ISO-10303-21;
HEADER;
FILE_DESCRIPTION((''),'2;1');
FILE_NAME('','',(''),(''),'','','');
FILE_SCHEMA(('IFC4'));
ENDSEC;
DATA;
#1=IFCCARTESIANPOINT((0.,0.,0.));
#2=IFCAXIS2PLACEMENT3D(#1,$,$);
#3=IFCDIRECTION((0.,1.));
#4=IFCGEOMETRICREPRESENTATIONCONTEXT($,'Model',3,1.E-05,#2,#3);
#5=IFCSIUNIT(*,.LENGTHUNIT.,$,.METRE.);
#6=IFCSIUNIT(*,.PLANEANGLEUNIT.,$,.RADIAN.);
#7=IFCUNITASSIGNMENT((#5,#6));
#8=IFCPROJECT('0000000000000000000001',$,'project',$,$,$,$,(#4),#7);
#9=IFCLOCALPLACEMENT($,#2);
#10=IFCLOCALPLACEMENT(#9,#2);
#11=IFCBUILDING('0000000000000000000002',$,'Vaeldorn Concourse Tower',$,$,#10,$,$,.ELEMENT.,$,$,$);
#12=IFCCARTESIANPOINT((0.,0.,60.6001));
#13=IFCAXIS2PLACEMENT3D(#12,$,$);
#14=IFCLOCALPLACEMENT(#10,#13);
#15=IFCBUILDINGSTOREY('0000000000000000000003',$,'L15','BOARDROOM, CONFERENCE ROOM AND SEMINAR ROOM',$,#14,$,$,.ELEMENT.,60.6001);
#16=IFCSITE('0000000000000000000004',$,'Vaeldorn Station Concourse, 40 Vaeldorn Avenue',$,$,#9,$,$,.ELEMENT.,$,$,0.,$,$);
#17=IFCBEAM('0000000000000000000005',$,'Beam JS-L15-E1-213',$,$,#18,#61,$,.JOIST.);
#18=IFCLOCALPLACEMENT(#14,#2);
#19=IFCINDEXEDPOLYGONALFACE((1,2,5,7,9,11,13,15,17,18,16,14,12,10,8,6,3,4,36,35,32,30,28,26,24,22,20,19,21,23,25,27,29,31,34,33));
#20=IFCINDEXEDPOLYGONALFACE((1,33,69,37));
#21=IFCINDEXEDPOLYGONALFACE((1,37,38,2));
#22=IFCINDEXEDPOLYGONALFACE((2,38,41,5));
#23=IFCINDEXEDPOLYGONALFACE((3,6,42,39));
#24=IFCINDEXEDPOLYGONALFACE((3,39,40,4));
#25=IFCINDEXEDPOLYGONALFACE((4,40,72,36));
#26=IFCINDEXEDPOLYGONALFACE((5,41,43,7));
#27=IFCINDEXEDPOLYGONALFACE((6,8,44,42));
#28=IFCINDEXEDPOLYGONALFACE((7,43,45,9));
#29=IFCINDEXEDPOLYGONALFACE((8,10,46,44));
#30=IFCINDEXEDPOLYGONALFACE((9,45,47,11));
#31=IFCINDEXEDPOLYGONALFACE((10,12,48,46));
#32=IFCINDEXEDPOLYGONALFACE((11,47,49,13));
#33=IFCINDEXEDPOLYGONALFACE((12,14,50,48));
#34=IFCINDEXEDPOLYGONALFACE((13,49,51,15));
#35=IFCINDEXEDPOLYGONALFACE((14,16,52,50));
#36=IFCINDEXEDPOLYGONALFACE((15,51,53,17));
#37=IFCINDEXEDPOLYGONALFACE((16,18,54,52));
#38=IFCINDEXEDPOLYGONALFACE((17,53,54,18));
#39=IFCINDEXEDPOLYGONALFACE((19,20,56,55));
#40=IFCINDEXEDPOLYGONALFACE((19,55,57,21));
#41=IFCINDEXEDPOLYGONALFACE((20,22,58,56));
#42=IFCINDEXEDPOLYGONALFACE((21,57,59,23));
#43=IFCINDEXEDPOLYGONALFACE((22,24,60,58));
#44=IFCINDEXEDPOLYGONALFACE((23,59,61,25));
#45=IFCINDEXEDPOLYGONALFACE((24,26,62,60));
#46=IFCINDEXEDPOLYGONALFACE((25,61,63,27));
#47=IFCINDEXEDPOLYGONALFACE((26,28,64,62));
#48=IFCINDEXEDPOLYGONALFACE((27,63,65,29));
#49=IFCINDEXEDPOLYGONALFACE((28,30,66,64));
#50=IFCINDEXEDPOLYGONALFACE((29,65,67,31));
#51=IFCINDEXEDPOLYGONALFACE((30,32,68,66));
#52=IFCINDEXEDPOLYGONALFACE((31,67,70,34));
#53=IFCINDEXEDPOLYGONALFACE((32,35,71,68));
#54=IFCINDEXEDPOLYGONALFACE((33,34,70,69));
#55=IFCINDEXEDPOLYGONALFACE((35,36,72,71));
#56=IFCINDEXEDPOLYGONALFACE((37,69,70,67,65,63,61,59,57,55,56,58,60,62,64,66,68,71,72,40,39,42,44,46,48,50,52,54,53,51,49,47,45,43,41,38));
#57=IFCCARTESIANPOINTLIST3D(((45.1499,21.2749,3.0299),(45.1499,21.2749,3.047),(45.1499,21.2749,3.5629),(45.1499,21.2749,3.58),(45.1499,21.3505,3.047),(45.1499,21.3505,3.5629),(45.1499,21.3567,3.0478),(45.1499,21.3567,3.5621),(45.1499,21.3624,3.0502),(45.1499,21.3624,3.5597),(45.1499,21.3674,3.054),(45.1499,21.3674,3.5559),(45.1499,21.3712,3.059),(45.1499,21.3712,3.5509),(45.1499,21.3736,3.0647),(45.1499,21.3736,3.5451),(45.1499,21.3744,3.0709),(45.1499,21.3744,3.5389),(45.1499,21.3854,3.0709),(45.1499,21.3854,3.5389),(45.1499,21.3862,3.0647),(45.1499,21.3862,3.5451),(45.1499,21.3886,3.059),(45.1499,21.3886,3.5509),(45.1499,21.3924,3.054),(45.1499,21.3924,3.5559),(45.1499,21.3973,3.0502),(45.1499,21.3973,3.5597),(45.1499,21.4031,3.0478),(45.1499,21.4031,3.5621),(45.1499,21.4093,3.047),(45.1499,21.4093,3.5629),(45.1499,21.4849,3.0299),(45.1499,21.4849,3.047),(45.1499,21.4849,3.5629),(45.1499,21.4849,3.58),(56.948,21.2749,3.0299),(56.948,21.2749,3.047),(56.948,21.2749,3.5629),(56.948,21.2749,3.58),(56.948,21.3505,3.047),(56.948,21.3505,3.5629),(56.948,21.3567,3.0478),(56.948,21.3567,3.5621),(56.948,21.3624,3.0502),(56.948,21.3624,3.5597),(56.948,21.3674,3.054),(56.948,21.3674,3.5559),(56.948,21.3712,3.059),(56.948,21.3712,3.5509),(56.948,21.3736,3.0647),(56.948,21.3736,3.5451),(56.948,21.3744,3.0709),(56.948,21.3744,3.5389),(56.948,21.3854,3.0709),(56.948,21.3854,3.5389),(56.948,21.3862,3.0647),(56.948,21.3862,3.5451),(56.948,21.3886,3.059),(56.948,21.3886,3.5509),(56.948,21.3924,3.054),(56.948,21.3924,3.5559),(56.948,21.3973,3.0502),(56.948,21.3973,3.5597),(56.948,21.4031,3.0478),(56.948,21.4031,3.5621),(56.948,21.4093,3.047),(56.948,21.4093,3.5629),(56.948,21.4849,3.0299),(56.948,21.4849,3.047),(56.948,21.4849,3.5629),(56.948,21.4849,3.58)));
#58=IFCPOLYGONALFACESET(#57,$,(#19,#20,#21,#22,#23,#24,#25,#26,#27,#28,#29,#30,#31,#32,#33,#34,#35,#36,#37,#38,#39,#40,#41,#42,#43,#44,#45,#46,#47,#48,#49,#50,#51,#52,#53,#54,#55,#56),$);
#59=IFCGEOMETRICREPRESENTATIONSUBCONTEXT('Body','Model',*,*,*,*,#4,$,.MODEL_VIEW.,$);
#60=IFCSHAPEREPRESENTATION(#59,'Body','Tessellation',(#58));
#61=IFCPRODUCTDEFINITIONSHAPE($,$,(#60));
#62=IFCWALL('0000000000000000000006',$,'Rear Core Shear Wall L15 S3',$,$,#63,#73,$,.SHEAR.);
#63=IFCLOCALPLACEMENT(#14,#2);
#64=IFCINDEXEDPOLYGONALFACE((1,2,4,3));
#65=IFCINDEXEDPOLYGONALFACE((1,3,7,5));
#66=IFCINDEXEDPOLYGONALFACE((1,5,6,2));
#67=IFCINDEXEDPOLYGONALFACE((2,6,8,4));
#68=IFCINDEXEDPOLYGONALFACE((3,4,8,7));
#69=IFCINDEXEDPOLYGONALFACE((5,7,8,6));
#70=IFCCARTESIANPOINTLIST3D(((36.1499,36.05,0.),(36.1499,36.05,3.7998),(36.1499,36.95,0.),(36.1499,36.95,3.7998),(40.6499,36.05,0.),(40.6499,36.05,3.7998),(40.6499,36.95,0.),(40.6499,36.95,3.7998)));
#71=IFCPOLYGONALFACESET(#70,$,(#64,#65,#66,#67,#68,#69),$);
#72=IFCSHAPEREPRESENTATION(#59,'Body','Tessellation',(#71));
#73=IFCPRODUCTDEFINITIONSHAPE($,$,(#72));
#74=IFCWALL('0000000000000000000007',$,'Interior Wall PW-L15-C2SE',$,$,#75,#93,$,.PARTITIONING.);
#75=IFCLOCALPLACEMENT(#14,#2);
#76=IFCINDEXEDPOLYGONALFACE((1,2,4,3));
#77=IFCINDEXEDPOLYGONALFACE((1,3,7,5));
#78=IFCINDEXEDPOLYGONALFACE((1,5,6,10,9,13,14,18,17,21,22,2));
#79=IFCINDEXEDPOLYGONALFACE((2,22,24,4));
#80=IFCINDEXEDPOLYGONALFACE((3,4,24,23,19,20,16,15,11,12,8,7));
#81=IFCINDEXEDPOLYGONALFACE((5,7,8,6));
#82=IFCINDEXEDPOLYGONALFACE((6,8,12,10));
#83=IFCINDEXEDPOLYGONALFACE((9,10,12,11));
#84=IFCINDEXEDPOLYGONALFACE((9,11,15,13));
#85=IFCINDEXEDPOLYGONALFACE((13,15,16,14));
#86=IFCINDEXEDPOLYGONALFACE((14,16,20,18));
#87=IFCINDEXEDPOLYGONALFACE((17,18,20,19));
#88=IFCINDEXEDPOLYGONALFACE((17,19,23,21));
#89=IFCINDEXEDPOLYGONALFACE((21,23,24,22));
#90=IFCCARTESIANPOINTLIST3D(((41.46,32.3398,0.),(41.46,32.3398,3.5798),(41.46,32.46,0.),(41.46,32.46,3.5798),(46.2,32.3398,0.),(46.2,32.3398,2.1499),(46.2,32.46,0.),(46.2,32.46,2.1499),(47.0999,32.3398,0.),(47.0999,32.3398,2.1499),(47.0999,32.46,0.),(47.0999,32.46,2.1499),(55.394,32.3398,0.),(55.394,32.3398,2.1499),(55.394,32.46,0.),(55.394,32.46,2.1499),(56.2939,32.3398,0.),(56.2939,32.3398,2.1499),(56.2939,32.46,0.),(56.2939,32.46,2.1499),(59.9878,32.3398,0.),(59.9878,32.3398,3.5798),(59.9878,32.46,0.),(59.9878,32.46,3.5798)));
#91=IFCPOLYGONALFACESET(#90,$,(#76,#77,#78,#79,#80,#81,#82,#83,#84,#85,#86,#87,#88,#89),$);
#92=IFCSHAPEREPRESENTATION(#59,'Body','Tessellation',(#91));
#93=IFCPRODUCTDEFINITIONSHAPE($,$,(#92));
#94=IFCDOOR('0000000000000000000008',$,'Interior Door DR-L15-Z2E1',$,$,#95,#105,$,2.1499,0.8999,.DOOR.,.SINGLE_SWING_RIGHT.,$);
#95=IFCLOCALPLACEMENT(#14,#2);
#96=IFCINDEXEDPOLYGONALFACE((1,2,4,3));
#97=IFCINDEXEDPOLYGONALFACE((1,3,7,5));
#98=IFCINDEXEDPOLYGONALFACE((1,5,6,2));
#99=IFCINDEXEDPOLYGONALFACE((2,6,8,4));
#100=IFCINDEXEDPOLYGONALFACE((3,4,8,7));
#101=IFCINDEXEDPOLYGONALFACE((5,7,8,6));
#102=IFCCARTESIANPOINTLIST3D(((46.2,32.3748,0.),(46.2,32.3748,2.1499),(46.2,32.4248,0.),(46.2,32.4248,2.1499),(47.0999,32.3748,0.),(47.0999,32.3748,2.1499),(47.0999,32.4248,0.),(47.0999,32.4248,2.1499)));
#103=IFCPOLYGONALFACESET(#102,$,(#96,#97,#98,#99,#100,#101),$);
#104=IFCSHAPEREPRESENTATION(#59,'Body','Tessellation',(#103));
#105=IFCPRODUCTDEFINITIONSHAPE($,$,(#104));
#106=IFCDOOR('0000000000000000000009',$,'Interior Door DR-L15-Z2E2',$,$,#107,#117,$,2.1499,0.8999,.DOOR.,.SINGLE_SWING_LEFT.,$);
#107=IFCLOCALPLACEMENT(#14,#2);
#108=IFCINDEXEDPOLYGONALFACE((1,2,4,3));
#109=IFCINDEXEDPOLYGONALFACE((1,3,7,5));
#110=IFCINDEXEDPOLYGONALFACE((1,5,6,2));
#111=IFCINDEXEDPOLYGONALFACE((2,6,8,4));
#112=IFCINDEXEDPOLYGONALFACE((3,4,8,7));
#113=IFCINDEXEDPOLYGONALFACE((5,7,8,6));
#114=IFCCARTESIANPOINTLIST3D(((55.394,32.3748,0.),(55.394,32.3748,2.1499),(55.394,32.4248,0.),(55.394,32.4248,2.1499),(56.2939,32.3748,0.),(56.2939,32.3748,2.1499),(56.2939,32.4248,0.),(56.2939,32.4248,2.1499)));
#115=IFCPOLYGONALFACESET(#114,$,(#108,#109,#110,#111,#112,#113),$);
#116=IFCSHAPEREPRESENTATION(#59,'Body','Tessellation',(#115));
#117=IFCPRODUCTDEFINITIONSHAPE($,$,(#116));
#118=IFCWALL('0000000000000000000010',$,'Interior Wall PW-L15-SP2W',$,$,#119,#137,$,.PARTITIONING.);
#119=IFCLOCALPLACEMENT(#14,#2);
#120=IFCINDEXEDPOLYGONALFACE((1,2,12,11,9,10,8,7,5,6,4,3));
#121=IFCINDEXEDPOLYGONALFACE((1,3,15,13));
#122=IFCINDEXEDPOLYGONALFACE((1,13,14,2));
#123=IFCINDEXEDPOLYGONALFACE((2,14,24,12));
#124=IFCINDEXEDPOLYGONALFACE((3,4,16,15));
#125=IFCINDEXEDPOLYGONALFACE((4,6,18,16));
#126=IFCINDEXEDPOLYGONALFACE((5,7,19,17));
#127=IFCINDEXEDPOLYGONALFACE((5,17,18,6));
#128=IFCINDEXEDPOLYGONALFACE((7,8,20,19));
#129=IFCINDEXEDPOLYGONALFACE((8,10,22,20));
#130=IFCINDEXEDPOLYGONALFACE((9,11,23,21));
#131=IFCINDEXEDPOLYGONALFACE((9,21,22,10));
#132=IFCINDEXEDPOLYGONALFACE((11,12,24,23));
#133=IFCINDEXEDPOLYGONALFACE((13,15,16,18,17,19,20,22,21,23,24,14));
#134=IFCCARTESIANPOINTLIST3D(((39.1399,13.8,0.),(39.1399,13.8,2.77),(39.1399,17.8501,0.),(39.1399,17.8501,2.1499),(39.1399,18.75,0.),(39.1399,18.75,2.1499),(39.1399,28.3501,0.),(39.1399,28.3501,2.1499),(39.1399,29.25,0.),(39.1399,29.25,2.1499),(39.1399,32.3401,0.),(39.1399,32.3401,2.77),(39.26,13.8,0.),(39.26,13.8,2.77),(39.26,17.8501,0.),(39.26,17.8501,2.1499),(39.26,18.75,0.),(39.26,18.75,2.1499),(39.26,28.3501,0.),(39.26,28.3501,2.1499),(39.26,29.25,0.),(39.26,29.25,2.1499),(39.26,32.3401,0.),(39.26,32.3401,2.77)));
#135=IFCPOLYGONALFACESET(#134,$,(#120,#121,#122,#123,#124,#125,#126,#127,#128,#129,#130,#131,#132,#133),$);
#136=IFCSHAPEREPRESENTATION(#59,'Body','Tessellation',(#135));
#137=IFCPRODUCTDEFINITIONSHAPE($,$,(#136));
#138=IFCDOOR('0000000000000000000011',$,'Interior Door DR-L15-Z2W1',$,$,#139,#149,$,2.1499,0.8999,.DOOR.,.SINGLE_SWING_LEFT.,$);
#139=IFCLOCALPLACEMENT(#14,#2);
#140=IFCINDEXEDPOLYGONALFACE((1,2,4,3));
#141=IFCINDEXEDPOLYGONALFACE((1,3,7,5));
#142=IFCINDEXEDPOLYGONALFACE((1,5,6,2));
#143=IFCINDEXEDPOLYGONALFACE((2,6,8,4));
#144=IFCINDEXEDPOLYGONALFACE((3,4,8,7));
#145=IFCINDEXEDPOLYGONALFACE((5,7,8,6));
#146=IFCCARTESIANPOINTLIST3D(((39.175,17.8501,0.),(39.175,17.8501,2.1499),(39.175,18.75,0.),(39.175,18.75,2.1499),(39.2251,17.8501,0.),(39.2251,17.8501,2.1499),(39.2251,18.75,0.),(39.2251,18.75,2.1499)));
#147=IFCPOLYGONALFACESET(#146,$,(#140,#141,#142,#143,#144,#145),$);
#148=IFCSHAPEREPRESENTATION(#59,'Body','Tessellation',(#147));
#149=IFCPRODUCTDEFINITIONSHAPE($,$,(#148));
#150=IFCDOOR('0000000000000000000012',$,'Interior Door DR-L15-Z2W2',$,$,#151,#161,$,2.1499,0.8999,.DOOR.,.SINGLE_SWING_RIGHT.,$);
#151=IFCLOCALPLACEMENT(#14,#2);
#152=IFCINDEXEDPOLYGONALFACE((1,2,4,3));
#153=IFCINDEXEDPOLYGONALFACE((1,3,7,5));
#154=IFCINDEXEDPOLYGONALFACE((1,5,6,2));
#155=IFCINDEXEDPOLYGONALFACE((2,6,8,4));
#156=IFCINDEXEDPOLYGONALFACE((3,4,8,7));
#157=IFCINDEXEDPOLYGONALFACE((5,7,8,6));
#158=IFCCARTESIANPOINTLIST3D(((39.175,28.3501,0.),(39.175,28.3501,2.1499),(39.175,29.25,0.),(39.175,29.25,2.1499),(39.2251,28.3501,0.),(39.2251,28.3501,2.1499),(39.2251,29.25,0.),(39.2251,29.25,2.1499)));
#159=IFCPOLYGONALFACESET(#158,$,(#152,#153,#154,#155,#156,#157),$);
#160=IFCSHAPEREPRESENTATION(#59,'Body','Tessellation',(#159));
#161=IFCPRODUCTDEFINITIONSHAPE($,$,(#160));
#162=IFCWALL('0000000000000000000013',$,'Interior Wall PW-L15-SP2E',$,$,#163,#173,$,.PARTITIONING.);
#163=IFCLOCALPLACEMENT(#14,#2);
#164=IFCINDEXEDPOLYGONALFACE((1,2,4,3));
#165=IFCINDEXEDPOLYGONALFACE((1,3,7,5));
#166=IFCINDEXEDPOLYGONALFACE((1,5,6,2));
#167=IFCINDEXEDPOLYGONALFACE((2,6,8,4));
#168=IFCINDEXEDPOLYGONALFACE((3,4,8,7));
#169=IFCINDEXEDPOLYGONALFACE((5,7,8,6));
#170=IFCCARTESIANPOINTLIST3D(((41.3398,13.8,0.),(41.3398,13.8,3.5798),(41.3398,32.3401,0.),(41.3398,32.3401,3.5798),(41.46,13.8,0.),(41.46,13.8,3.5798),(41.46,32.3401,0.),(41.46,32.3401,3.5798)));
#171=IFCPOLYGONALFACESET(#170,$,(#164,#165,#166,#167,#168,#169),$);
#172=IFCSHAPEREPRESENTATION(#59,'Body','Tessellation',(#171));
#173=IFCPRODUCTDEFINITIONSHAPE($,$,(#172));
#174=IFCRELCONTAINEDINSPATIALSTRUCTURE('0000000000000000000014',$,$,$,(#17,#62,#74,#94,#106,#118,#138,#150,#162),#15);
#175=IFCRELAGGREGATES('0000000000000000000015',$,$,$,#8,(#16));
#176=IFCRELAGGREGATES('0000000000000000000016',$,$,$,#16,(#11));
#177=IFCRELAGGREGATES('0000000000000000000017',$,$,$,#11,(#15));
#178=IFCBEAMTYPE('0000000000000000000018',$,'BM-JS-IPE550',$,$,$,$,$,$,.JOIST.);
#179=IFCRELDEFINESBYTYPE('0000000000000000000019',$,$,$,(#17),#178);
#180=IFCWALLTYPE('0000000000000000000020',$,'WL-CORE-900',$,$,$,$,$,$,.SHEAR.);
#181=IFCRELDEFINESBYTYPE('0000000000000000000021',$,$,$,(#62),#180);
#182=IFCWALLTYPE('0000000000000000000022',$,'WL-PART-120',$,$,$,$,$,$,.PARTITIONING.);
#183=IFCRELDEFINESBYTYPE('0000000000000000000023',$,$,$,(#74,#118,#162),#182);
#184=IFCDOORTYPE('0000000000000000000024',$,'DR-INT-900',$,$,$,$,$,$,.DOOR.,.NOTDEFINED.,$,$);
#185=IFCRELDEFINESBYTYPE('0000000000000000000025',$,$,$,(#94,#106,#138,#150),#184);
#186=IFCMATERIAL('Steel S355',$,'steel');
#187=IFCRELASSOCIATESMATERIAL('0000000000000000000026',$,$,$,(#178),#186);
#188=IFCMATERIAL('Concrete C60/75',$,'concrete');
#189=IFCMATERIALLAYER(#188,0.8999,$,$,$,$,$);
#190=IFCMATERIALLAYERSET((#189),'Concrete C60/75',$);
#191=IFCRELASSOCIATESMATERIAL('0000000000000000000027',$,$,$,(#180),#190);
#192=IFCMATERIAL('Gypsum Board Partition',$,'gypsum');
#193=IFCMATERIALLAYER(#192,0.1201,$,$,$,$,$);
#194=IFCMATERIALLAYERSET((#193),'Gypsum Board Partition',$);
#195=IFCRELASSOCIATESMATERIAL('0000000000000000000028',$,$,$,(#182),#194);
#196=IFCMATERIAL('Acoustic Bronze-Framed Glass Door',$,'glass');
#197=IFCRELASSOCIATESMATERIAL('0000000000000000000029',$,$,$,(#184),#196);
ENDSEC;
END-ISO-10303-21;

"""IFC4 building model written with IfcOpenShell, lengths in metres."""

from ifc_helpers import new_model, si_unit, direction, frame, frame_2d, origin, origin_2d, place, context, subcontext, project, spatial, rectangle, i_section, extrude, source, transform, mapped, material, layer, layer_set, material_profile, profile_set, type_object, element, fill, save


model = new_model("IFC4")

# Units and contexts
model_context = context("Model", 3, precision=1e-05, world=origin(), true_north=direction((0.0, 1.0)))
body_context = subcontext(model_context, "Body", "Model", "MODEL_VIEW")
ifc_project = project(units=[si_unit("LENGTHUNIT", "METRE"), si_unit("PLANEANGLEUNIT", "RADIAN")], contexts=[model_context])

# Site, building, storey
site_placement = place(None, origin())
site = spatial("IfcSite", under=ifc_project, at=site_placement, Name="Vaeldorn Station Concourse, 40 Vaeldorn Avenue", CompositionType="ELEMENT", RefElevation=0.0)
building_placement = place(site_placement, origin())
building = spatial("IfcBuilding", under=site, at=building_placement, Name="Vaeldorn Concourse Tower", CompositionType="ELEMENT")
storey_placement = place(building_placement, frame((0.0, 0.0, 60.6001)))
storey = spatial("IfcBuildingStorey", under=building, at=storey_placement, Name="L15", Description="BOARDROOM, CONFERENCE ROOM AND SEMINAR ROOM", CompositionType="ELEMENT", Elevation=60.6001)

# Beam
ifc_material_1 = material(Name="Steel S355", Category="steel")
ifc_material_profile_1 = material_profile(ifc_material_1, i_section(OverallWidth=0.21, OverallDepth=0.55, WebThickness=0.011, FlangeThickness=0.0171, FilletRadius=0.0239, at=origin_2d()), Name="IPE 550")
ifc_profile_set_1 = profile_set([ifc_material_profile_1], Name="Steel S355")
beam_type_1 = type_object("IfcBeamType", Name="BM-JS-IPE550", PredefinedType="JOIST", material=ifc_profile_set_1)
shared_shape_1 = source(origin(), body_context, "Body", "SweptSolid", [
    extrude(i_section(OverallWidth=0.21, OverallDepth=0.55, WebThickness=0.011, FlangeThickness=0.0171, FilletRadius=0.0239, at=origin_2d()), origin(), (0.0, 0.0, 1.0), 11.7981),
])
beam_1_placement = place(storey_placement, frame((45.1499, 21.3799, 3.3049), z_axis=(1.0, 0.0, 0.0), x_axis=(0.0, 1.0, 0.0)))
element("IfcBeam", 1, at=beam_1_placement, inside=storey, type_object=beam_type_1, Name="Beam JS-L15-E1-213", PredefinedType="JOIST", context=body_context, shape_type="MappedRepresentation", body=[
    mapped(shared_shape_1, transform((0.0, 0.0, 0.0), scale=1.0)),
])

# Wall
ifc_material_2 = material(Name="Concrete C60/75", Category="concrete")
ifc_layer_1 = layer(ifc_material_2, 0.8999)
ifc_layer_set_1 = layer_set([ifc_layer_1], Name="Concrete C60/75")
wall_type_1 = type_object("IfcWallType", Name="WL-CORE-900", PredefinedType="SHEAR", material=ifc_layer_set_1)
wall_1_placement = place(storey_placement, frame((36.1499, 36.5, 0.0), z_axis=(0.0, 0.0, 1.0), x_axis=(1.0, 0.0, 0.0)))
element("IfcWall", 2, at=wall_1_placement, inside=storey, type_object=wall_type_1, Name="Rear Core Shear Wall L15 S3", PredefinedType="SHEAR", context=body_context, shape_type="SweptSolid", body=[
    extrude(rectangle(XDim=4.5, YDim=0.8999, at=frame_2d((2.25, 0.0))), origin(), (0.0, 0.0, 1.0), 3.7998),
])

# Walls, openings, doors
ifc_material_3 = material(Name="Gypsum Board Partition", Category="gypsum")
ifc_layer_2 = layer(ifc_material_3, 0.1201)
ifc_layer_set_2 = layer_set([ifc_layer_2], Name="Gypsum Board Partition")
wall_type_2 = type_object("IfcWallType", Name="WL-PART-120", PredefinedType="PARTITIONING", material=ifc_layer_set_2)
wall_2_placement = place(storey_placement, frame((41.46, 32.3999, 0.0), z_axis=(0.0, 0.0, 1.0), x_axis=(1.0, 0.0, 0.0)))
wall_2 = element("IfcWall", 3, at=wall_2_placement, inside=storey, type_object=wall_type_2, Name="Interior Wall PW-L15-C2SE", PredefinedType="PARTITIONING", context=body_context, shape_type="SweptSolid", body=[
    extrude(rectangle(XDim=18.5278, YDim=0.1201, at=frame_2d((9.2639, 0.0))), origin(), (0.0, 0.0, 1.0), 3.5798),
])
opening_1_placement = place(wall_2_placement, frame((4.74, 0.0, 0.0)))
opening_1 = element("IfcOpeningElement", 4, at=opening_1_placement, cuts=wall_2, PredefinedType="OPENING", context=body_context, shape_type="SweptSolid", body=[
    extrude(rectangle(XDim=0.8999, YDim=2.1499, at=frame_2d((0.45, 1.075))), frame((0.0, 0.0701, 0.0), z_axis=(0.0, -1.0, 0.0), x_axis=(1.0, 0.0, 0.0)), (0.0, 0.0, 1.0), 0.1401),
])
opening_2_placement = place(wall_2_placement, frame((13.9341, 0.0, 0.0)))
opening_2 = element("IfcOpeningElement", 5, at=opening_2_placement, cuts=wall_2, PredefinedType="OPENING", context=body_context, shape_type="SweptSolid", body=[
    extrude(rectangle(XDim=0.8999, YDim=2.1499, at=frame_2d((0.45, 1.075))), frame((0.0, 0.0701, 0.0), z_axis=(0.0, -1.0, 0.0), x_axis=(1.0, 0.0, 0.0)), (0.0, 0.0, 1.0), 0.1401),
])
ifc_material_4 = material(Name="Acoustic Bronze-Framed Glass Door", Category="glass")
door_type = type_object("IfcDoorType", Name="DR-INT-900", OperationType="NOTDEFINED", PredefinedType="DOOR", material=ifc_material_4)
shared_shape_2 = source(origin(), body_context, "Body", "SweptSolid", [
    extrude(rectangle(XDim=0.8999, YDim=2.1499, at=frame_2d((0.45, 1.075))), frame((0.0, 0.0249, 0.0), z_axis=(0.0, -1.0, 0.0), x_axis=(1.0, 0.0, 0.0)), (0.0, 0.0, 1.0), 0.05),
])
door_1_placement = place(opening_1_placement, origin())
door_1 = element("IfcDoor", 6, at=door_1_placement, inside=storey, type_object=door_type, Name="Interior Door DR-L15-Z2E1", OperationType="SINGLE_SWING_RIGHT", OverallHeight=2.1499, OverallWidth=0.8999, PredefinedType="DOOR", context=body_context, shape_type="MappedRepresentation", body=[
    mapped(shared_shape_2, transform((0.0, 0.0, 0.0), scale=1.0)),
])
fill(opening_1, door_1)
door_2_placement = place(opening_2_placement, origin())
door_2 = element("IfcDoor", 7, at=door_2_placement, inside=storey, type_object=door_type, Name="Interior Door DR-L15-Z2E2", OperationType="SINGLE_SWING_LEFT", OverallHeight=2.1499, OverallWidth=0.8999, PredefinedType="DOOR", context=body_context, shape_type="MappedRepresentation", body=[
    mapped(shared_shape_2, transform((0.0, 0.0, 0.0), scale=1.0)),
])
fill(opening_2, door_2)
wall_3_placement = place(storey_placement, frame((39.2, 13.8, 0.0), z_axis=(0.0, 0.0, 1.0), x_axis=(0.0, 1.0, 0.0)))
wall_3 = element("IfcWall", 8, at=wall_3_placement, inside=storey, type_object=wall_type_2, Name="Interior Wall PW-L15-SP2W", PredefinedType="PARTITIONING", context=body_context, shape_type="SweptSolid", body=[
    extrude(rectangle(XDim=18.54, YDim=0.1201, at=frame_2d((9.27, 0.0))), origin(), (0.0, 0.0, 1.0), 2.77),
])
opening_3_placement = place(wall_3_placement, frame((4.05, 0.0, 0.0)))
opening_3 = element("IfcOpeningElement", 9, at=opening_3_placement, cuts=wall_3, PredefinedType="OPENING", context=body_context, shape_type="SweptSolid", body=[
    extrude(rectangle(XDim=0.8999, YDim=2.1499, at=frame_2d((0.45, 1.075))), frame((0.0, 0.0701, 0.0), z_axis=(0.0, -1.0, 0.0), x_axis=(1.0, 0.0, 0.0)), (0.0, 0.0, 1.0), 0.1401),
])
opening_4_placement = place(wall_3_placement, frame((14.55, 0.0, 0.0)))
opening_4 = element("IfcOpeningElement", 10, at=opening_4_placement, cuts=wall_3, PredefinedType="OPENING", context=body_context, shape_type="SweptSolid", body=[
    extrude(rectangle(XDim=0.8999, YDim=2.1499, at=frame_2d((0.45, 1.075))), frame((0.0, 0.0701, 0.0), z_axis=(0.0, -1.0, 0.0), x_axis=(1.0, 0.0, 0.0)), (0.0, 0.0, 1.0), 0.1401),
])
door_3_placement = place(opening_3_placement, origin())
door_3 = element("IfcDoor", 11, at=door_3_placement, inside=storey, type_object=door_type, Name="Interior Door DR-L15-Z2W1", OperationType="SINGLE_SWING_LEFT", OverallHeight=2.1499, OverallWidth=0.8999, PredefinedType="DOOR", context=body_context, shape_type="MappedRepresentation", body=[
    mapped(shared_shape_2, transform((0.0, 0.0, 0.0), scale=1.0)),
])
fill(opening_3, door_3)
door_4_placement = place(opening_4_placement, origin())
door_4 = element("IfcDoor", 12, at=door_4_placement, inside=storey, type_object=door_type, Name="Interior Door DR-L15-Z2W2", OperationType="SINGLE_SWING_RIGHT", OverallHeight=2.1499, OverallWidth=0.8999, PredefinedType="DOOR", context=body_context, shape_type="MappedRepresentation", body=[
    mapped(shared_shape_2, transform((0.0, 0.0, 0.0), scale=1.0)),
])
fill(opening_4, door_4)

# Wall
wall_4_placement = place(storey_placement, frame((41.3999, 13.8, 0.0), z_axis=(0.0, 0.0, 1.0), x_axis=(0.0, 1.0, 0.0)))
element("IfcWall", 13, at=wall_4_placement, inside=storey, type_object=wall_type_2, Name="Interior Wall PW-L15-SP2E", PredefinedType="PARTITIONING", context=body_context, shape_type="SweptSolid", body=[
    extrude(rectangle(XDim=18.54, YDim=0.1201, at=frame_2d((9.27, 0.0))), origin(), (0.0, 0.0, 1.0), 3.5798),
])

save(model, "model.ifc")
